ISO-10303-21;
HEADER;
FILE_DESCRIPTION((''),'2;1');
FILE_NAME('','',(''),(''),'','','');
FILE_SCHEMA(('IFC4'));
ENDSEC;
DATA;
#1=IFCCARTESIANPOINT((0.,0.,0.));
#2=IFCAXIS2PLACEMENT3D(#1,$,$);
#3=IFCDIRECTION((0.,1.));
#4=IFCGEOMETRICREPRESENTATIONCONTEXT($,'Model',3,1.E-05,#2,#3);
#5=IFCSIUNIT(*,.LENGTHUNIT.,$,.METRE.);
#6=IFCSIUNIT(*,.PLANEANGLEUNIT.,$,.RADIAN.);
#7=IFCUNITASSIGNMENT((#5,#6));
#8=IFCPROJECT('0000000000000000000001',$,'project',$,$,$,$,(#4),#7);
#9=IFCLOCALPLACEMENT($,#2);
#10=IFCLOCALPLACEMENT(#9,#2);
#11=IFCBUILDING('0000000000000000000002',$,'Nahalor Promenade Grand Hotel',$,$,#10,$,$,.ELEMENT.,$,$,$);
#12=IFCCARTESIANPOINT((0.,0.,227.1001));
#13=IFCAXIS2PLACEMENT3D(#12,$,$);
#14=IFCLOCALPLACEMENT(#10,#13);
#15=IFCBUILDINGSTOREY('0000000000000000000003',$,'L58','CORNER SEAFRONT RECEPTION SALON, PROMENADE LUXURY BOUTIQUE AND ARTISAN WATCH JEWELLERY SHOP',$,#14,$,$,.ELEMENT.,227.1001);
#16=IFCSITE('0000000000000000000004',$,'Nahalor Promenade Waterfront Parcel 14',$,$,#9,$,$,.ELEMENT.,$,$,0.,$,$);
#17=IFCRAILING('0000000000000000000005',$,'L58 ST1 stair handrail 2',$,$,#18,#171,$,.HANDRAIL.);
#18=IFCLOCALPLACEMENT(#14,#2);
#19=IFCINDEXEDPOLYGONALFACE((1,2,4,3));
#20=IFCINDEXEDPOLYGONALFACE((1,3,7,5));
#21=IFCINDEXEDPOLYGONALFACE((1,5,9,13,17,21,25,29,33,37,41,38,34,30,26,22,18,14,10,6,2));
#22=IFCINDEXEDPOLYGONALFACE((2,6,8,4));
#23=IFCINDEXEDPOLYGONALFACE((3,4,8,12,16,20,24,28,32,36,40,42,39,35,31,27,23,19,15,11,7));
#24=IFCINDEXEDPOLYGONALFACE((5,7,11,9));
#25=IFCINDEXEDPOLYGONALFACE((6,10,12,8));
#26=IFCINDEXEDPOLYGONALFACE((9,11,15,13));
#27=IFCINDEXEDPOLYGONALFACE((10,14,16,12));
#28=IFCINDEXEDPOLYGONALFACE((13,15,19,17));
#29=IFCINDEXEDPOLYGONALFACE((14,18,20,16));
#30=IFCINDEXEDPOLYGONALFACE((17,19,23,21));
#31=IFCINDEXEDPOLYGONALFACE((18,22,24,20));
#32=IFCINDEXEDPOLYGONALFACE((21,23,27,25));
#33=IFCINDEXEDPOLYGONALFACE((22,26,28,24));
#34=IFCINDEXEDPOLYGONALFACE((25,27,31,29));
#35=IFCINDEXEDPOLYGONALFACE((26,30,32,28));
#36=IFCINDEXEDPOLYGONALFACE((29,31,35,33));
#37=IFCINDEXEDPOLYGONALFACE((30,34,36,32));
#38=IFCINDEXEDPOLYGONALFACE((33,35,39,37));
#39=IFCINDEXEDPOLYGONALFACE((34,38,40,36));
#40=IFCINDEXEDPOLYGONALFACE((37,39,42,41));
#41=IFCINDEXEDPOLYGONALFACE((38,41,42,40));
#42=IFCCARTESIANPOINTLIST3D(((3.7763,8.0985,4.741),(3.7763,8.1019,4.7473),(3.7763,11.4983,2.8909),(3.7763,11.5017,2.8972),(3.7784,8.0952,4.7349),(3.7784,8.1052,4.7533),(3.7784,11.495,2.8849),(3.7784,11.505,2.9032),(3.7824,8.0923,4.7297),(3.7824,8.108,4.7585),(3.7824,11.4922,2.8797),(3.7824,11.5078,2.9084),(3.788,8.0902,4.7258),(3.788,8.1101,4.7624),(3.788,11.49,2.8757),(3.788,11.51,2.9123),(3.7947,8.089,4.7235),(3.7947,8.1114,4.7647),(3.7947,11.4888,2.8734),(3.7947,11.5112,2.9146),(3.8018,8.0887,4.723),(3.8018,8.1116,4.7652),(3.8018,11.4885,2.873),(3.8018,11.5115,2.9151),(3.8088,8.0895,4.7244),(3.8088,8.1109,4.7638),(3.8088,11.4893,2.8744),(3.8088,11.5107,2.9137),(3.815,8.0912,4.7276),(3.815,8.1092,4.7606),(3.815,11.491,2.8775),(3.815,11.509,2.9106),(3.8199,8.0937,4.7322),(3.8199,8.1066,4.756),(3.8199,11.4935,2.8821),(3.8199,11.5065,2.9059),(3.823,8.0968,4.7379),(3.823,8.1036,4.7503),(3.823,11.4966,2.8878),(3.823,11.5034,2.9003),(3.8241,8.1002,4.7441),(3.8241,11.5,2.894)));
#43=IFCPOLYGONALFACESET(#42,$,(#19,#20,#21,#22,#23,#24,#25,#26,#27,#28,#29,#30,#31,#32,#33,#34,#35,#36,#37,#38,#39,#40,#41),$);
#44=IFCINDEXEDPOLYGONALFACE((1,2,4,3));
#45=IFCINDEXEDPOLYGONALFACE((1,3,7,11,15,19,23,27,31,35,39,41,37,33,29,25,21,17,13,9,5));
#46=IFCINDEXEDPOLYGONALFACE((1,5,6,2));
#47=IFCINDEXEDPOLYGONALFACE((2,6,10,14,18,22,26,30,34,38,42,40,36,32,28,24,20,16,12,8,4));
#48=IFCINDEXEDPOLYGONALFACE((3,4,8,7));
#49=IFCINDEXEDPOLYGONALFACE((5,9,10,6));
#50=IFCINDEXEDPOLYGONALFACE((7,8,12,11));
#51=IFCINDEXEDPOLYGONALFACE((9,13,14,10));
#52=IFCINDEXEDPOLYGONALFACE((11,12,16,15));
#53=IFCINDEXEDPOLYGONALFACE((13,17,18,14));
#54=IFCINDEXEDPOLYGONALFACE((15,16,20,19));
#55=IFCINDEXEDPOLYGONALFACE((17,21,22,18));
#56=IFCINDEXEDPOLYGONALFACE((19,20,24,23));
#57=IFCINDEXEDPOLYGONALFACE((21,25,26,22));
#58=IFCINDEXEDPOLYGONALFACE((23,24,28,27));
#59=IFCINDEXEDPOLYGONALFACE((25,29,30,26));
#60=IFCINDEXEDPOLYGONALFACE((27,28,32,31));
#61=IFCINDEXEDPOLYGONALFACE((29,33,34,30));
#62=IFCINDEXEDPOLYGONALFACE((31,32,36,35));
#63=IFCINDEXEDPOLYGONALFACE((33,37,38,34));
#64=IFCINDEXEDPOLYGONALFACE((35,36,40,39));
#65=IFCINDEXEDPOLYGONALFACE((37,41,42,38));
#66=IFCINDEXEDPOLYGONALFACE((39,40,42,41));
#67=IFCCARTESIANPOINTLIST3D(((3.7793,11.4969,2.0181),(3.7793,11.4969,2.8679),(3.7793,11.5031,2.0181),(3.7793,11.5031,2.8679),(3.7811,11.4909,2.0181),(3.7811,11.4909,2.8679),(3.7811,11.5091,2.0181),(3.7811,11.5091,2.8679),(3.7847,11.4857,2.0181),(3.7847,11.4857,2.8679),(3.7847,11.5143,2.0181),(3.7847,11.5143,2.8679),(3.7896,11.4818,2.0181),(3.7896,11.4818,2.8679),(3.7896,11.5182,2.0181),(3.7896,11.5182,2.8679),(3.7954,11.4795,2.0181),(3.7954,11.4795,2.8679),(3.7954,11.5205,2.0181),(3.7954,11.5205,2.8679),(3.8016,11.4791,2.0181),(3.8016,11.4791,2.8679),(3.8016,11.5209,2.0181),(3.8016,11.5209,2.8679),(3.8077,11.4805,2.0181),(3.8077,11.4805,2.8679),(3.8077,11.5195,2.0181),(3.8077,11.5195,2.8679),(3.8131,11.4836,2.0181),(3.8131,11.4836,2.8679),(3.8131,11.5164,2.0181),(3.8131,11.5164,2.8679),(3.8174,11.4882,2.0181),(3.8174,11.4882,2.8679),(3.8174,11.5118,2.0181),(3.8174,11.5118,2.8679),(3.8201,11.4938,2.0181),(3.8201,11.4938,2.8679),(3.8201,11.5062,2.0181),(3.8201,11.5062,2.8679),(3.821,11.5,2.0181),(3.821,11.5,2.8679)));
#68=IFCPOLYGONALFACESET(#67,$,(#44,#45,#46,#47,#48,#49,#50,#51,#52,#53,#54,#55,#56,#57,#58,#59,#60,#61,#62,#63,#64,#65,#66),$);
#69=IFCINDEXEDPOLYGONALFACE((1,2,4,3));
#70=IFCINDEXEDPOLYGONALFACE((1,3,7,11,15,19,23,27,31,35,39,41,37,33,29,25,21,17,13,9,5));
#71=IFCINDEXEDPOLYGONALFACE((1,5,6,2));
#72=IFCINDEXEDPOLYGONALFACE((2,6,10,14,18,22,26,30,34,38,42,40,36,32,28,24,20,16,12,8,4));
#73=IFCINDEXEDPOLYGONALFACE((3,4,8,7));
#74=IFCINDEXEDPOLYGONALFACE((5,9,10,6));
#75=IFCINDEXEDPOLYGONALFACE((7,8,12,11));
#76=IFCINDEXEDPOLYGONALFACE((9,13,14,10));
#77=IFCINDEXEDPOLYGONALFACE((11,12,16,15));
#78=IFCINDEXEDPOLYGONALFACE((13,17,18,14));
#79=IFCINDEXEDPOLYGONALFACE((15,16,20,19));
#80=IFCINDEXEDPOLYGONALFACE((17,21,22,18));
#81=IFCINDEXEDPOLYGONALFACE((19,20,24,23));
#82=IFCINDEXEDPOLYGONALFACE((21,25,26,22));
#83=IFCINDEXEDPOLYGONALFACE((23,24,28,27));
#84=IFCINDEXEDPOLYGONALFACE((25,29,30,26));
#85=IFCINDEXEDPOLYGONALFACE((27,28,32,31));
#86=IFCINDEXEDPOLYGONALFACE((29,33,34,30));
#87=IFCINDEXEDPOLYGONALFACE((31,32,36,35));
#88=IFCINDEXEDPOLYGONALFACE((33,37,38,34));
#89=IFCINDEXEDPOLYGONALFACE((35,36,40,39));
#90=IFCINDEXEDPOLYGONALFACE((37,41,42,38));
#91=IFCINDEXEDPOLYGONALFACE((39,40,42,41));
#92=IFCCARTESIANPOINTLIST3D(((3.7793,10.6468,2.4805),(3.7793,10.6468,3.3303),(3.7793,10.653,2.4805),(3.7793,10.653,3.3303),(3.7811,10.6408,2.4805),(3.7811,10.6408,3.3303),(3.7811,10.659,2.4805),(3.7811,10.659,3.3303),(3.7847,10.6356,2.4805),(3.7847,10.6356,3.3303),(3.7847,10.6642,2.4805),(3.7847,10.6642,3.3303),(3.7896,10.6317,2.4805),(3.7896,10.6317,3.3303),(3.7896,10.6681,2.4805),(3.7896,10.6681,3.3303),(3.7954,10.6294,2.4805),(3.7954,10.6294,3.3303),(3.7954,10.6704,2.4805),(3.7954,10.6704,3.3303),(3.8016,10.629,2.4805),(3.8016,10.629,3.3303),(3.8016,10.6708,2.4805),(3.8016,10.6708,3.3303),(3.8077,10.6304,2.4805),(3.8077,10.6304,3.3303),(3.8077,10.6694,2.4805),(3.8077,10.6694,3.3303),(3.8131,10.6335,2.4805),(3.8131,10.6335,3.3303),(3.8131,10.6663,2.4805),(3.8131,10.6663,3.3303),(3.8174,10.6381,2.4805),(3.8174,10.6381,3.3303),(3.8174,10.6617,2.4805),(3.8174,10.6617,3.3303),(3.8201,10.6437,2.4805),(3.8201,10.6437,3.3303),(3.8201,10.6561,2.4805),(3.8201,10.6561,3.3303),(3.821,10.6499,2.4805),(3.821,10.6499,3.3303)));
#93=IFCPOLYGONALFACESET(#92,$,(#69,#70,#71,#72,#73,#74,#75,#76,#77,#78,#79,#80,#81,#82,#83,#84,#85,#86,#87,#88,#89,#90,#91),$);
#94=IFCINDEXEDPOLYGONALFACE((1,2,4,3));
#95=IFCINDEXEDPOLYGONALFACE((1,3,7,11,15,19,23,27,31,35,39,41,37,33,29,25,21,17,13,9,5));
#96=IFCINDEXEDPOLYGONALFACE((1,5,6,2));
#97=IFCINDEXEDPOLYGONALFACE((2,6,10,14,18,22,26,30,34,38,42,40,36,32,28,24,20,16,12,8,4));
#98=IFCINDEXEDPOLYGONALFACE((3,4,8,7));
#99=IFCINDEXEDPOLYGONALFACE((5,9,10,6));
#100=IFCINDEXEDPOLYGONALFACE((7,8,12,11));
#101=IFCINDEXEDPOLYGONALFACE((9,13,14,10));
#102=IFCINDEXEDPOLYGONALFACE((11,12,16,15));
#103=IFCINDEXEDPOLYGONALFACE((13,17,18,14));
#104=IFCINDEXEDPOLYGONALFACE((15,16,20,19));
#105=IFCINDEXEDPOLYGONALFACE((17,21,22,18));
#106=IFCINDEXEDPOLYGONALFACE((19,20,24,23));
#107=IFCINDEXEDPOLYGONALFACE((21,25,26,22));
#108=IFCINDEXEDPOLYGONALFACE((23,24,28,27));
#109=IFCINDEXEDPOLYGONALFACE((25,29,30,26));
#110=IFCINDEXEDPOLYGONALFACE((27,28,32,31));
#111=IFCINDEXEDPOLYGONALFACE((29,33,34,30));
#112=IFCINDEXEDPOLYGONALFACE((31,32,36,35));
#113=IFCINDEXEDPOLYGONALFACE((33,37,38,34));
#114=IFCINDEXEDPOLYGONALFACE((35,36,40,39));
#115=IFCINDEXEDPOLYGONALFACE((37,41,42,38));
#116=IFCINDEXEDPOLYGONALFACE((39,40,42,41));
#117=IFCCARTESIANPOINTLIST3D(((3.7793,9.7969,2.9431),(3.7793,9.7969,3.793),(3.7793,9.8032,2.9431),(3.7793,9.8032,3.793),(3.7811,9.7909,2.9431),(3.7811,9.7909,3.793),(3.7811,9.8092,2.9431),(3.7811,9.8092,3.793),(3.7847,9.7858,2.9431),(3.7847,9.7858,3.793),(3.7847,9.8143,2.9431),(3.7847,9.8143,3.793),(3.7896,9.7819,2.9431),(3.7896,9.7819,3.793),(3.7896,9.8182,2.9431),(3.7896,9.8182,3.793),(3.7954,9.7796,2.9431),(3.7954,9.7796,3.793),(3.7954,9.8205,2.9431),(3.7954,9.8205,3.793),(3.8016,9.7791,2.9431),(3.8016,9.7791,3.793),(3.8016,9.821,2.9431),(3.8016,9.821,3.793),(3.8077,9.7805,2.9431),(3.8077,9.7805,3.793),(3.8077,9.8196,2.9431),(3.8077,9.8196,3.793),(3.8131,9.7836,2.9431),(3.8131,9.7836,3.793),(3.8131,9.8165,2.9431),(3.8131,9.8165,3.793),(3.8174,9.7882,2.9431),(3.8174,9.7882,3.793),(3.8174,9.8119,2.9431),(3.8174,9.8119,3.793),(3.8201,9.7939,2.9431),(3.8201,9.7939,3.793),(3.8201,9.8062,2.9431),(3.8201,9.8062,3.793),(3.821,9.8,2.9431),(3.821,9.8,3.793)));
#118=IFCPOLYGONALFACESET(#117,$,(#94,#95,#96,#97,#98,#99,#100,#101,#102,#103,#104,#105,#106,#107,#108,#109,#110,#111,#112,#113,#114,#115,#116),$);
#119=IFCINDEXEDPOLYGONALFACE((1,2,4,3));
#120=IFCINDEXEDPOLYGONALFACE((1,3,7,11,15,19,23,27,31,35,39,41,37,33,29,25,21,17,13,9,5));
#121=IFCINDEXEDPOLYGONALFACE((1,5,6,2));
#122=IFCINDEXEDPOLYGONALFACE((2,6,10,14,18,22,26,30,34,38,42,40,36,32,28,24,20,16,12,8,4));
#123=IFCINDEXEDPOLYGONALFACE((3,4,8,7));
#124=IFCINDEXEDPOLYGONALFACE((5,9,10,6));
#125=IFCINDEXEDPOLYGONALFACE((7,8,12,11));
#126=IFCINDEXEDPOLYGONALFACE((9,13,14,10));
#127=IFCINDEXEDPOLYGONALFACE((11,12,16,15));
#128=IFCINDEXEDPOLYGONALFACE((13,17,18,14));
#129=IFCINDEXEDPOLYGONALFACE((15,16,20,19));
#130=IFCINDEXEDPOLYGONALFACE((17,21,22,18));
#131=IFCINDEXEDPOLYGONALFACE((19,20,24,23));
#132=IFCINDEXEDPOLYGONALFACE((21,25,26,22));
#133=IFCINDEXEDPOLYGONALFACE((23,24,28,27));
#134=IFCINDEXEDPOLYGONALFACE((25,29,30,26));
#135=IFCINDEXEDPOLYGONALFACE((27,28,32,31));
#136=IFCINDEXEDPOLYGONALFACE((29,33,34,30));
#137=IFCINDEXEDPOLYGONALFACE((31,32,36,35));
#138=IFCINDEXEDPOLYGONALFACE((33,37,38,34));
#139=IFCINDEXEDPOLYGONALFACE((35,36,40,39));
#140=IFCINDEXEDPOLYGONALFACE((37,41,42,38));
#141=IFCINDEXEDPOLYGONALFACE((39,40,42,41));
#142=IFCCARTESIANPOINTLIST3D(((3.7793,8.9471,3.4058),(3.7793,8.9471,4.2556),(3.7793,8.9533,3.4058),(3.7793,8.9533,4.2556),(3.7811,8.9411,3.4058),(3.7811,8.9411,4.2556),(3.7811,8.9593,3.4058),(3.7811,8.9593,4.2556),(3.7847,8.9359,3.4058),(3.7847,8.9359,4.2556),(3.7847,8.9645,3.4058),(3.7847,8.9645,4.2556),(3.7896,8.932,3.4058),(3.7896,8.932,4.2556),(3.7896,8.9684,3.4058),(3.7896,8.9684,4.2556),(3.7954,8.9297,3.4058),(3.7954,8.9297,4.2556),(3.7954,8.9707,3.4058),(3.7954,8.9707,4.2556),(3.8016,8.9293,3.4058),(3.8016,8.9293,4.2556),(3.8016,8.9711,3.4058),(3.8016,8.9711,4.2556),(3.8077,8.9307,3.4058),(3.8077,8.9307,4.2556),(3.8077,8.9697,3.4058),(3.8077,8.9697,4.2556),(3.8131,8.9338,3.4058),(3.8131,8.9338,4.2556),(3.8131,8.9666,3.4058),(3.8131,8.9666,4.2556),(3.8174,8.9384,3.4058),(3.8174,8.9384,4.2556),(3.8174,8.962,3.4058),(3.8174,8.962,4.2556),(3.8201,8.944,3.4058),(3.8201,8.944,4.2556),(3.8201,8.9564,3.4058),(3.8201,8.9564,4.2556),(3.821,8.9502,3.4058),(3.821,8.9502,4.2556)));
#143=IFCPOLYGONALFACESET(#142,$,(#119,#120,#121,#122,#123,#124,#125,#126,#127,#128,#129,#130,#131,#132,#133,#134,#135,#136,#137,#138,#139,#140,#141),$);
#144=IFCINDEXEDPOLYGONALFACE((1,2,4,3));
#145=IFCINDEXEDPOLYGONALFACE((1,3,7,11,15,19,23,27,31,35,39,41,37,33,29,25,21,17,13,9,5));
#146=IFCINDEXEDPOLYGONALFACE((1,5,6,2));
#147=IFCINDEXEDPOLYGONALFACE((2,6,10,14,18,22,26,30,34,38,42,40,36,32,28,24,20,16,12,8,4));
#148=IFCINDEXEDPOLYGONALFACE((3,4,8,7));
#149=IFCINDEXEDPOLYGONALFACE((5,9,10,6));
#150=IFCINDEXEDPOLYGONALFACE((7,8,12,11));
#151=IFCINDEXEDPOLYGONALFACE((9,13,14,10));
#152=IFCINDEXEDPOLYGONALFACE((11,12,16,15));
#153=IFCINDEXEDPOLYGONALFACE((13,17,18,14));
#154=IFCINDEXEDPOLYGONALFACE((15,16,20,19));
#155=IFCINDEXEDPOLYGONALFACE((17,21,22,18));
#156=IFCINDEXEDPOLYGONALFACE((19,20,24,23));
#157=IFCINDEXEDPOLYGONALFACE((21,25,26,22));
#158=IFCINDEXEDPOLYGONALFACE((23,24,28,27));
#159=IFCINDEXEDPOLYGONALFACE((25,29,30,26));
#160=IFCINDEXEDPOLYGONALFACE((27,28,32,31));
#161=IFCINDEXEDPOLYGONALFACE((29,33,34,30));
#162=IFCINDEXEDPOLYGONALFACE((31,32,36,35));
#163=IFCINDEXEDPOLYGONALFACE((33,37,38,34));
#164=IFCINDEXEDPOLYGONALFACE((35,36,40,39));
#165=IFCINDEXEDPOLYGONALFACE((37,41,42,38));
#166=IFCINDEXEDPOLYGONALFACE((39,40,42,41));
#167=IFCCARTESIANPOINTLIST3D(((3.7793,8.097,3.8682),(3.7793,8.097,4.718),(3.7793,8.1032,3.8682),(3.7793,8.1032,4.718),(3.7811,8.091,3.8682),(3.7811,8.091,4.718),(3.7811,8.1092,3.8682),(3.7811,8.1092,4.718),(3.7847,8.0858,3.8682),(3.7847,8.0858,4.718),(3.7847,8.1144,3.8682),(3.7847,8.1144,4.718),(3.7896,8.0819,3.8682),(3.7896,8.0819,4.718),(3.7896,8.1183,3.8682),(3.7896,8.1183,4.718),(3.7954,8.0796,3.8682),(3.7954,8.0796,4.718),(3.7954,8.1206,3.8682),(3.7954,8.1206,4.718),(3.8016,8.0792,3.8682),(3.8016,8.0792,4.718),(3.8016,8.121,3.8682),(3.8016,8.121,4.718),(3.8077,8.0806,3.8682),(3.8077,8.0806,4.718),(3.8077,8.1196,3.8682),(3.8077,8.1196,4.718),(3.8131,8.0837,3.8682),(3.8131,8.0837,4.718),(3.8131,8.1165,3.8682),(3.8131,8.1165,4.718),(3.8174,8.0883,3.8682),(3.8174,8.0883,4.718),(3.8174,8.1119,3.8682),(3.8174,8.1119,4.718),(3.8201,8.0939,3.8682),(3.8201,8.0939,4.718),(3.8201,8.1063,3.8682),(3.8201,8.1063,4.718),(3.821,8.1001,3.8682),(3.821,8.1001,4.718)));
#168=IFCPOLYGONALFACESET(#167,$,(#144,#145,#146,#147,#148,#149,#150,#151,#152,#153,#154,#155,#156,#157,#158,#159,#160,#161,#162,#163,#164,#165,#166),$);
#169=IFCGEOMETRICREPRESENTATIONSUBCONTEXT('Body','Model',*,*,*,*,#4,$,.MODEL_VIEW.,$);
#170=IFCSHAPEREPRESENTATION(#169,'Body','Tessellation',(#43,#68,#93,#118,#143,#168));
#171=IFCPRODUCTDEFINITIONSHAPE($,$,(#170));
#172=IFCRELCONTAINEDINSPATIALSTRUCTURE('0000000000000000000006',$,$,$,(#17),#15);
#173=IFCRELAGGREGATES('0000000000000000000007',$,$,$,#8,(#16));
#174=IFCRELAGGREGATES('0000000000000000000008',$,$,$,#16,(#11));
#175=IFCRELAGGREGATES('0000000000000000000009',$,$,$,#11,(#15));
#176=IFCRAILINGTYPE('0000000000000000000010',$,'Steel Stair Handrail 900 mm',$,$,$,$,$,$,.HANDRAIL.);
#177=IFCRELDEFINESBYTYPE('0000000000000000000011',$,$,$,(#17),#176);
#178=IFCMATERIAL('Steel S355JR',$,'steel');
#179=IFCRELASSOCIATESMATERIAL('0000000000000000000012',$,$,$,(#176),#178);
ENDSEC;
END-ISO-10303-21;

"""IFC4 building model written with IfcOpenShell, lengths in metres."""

from ifc_helpers import new_model, si_unit, direction, frame, origin, origin_2d, place, context, subcontext, project, spatial, circle, extrude, material, type_object, element, save


model = new_model("IFC4")

# Units and contexts
model_context = context("Model", 3, precision=1e-05, world=origin(), true_north=direction((0.0, 1.0)))
body_context = subcontext(model_context, "Body", "Model", "MODEL_VIEW")
ifc_project = project(units=[si_unit("LENGTHUNIT", "METRE"), si_unit("PLANEANGLEUNIT", "RADIAN")], contexts=[model_context])

# Site, building, storey
site_placement = place(None, origin())
site = spatial("IfcSite", under=ifc_project, at=site_placement, Name="Nahalor Promenade Waterfront Parcel 14", CompositionType="ELEMENT", RefElevation=0.0)
building_placement = place(site_placement, origin())
building = spatial("IfcBuilding", under=site, at=building_placement, Name="Nahalor Promenade Grand Hotel", CompositionType="ELEMENT")
storey_placement = place(building_placement, frame((0.0, 0.0, 227.1001)))
storey = spatial("IfcBuildingStorey", under=building, at=storey_placement, Name="L58", Description="CORNER SEAFRONT RECEPTION SALON, PROMENADE LUXURY BOUTIQUE AND ARTISAN WATCH JEWELLERY SHOP", CompositionType="ELEMENT", Elevation=227.1001)

# Shared definitions
ifc_material_1 = material(Name="Steel S355JR", Category="steel")

# Railing
railing_type_1 = type_object("IfcRailingType", Name="Steel Stair Handrail 900 mm", PredefinedType="HANDRAIL", material=ifc_material_1)
railing_1_placement = place(storey_placement, frame((3.8, 11.5, 2.0181)))
element("IfcRailing", 1, at=railing_1_placement, inside=storey, type_object=railing_type_1, Name="L58 ST1 stair handrail 2", PredefinedType="HANDRAIL", context=body_context, shape_type="SweptSolid", body=[
    extrude(circle(Radius=0.024, at=origin_2d()), frame((0.0, 0.0, 0.876), z_axis=(0.0, -0.878372, 0.477977), x_axis=(1.0, 0.0, 0.0)), (0.0, 0.0, 1.0), 3.8706),
    extrude(circle(Radius=0.021, at=origin_2d()), origin(), (0.0, 0.0, 1.0), 0.8499),
    extrude(circle(Radius=0.021, at=origin_2d()), frame((0.0, -0.8501, 0.4624)), (0.0, 0.0, 1.0), 0.8499),
    extrude(circle(Radius=0.021, at=origin_2d()), frame((0.0, -1.7, 0.925)), (0.0, 0.0, 1.0), 0.8499),
    extrude(circle(Radius=0.021, at=origin_2d()), frame((0.0, -2.5498, 1.3877)), (0.0, 0.0, 1.0), 0.8499),
    extrude(circle(Radius=0.021, at=origin_2d()), frame((0.0, -3.3999, 1.8501)), (0.0, 0.0, 1.0), 0.8499),
])

save(model, "model.ifc")
